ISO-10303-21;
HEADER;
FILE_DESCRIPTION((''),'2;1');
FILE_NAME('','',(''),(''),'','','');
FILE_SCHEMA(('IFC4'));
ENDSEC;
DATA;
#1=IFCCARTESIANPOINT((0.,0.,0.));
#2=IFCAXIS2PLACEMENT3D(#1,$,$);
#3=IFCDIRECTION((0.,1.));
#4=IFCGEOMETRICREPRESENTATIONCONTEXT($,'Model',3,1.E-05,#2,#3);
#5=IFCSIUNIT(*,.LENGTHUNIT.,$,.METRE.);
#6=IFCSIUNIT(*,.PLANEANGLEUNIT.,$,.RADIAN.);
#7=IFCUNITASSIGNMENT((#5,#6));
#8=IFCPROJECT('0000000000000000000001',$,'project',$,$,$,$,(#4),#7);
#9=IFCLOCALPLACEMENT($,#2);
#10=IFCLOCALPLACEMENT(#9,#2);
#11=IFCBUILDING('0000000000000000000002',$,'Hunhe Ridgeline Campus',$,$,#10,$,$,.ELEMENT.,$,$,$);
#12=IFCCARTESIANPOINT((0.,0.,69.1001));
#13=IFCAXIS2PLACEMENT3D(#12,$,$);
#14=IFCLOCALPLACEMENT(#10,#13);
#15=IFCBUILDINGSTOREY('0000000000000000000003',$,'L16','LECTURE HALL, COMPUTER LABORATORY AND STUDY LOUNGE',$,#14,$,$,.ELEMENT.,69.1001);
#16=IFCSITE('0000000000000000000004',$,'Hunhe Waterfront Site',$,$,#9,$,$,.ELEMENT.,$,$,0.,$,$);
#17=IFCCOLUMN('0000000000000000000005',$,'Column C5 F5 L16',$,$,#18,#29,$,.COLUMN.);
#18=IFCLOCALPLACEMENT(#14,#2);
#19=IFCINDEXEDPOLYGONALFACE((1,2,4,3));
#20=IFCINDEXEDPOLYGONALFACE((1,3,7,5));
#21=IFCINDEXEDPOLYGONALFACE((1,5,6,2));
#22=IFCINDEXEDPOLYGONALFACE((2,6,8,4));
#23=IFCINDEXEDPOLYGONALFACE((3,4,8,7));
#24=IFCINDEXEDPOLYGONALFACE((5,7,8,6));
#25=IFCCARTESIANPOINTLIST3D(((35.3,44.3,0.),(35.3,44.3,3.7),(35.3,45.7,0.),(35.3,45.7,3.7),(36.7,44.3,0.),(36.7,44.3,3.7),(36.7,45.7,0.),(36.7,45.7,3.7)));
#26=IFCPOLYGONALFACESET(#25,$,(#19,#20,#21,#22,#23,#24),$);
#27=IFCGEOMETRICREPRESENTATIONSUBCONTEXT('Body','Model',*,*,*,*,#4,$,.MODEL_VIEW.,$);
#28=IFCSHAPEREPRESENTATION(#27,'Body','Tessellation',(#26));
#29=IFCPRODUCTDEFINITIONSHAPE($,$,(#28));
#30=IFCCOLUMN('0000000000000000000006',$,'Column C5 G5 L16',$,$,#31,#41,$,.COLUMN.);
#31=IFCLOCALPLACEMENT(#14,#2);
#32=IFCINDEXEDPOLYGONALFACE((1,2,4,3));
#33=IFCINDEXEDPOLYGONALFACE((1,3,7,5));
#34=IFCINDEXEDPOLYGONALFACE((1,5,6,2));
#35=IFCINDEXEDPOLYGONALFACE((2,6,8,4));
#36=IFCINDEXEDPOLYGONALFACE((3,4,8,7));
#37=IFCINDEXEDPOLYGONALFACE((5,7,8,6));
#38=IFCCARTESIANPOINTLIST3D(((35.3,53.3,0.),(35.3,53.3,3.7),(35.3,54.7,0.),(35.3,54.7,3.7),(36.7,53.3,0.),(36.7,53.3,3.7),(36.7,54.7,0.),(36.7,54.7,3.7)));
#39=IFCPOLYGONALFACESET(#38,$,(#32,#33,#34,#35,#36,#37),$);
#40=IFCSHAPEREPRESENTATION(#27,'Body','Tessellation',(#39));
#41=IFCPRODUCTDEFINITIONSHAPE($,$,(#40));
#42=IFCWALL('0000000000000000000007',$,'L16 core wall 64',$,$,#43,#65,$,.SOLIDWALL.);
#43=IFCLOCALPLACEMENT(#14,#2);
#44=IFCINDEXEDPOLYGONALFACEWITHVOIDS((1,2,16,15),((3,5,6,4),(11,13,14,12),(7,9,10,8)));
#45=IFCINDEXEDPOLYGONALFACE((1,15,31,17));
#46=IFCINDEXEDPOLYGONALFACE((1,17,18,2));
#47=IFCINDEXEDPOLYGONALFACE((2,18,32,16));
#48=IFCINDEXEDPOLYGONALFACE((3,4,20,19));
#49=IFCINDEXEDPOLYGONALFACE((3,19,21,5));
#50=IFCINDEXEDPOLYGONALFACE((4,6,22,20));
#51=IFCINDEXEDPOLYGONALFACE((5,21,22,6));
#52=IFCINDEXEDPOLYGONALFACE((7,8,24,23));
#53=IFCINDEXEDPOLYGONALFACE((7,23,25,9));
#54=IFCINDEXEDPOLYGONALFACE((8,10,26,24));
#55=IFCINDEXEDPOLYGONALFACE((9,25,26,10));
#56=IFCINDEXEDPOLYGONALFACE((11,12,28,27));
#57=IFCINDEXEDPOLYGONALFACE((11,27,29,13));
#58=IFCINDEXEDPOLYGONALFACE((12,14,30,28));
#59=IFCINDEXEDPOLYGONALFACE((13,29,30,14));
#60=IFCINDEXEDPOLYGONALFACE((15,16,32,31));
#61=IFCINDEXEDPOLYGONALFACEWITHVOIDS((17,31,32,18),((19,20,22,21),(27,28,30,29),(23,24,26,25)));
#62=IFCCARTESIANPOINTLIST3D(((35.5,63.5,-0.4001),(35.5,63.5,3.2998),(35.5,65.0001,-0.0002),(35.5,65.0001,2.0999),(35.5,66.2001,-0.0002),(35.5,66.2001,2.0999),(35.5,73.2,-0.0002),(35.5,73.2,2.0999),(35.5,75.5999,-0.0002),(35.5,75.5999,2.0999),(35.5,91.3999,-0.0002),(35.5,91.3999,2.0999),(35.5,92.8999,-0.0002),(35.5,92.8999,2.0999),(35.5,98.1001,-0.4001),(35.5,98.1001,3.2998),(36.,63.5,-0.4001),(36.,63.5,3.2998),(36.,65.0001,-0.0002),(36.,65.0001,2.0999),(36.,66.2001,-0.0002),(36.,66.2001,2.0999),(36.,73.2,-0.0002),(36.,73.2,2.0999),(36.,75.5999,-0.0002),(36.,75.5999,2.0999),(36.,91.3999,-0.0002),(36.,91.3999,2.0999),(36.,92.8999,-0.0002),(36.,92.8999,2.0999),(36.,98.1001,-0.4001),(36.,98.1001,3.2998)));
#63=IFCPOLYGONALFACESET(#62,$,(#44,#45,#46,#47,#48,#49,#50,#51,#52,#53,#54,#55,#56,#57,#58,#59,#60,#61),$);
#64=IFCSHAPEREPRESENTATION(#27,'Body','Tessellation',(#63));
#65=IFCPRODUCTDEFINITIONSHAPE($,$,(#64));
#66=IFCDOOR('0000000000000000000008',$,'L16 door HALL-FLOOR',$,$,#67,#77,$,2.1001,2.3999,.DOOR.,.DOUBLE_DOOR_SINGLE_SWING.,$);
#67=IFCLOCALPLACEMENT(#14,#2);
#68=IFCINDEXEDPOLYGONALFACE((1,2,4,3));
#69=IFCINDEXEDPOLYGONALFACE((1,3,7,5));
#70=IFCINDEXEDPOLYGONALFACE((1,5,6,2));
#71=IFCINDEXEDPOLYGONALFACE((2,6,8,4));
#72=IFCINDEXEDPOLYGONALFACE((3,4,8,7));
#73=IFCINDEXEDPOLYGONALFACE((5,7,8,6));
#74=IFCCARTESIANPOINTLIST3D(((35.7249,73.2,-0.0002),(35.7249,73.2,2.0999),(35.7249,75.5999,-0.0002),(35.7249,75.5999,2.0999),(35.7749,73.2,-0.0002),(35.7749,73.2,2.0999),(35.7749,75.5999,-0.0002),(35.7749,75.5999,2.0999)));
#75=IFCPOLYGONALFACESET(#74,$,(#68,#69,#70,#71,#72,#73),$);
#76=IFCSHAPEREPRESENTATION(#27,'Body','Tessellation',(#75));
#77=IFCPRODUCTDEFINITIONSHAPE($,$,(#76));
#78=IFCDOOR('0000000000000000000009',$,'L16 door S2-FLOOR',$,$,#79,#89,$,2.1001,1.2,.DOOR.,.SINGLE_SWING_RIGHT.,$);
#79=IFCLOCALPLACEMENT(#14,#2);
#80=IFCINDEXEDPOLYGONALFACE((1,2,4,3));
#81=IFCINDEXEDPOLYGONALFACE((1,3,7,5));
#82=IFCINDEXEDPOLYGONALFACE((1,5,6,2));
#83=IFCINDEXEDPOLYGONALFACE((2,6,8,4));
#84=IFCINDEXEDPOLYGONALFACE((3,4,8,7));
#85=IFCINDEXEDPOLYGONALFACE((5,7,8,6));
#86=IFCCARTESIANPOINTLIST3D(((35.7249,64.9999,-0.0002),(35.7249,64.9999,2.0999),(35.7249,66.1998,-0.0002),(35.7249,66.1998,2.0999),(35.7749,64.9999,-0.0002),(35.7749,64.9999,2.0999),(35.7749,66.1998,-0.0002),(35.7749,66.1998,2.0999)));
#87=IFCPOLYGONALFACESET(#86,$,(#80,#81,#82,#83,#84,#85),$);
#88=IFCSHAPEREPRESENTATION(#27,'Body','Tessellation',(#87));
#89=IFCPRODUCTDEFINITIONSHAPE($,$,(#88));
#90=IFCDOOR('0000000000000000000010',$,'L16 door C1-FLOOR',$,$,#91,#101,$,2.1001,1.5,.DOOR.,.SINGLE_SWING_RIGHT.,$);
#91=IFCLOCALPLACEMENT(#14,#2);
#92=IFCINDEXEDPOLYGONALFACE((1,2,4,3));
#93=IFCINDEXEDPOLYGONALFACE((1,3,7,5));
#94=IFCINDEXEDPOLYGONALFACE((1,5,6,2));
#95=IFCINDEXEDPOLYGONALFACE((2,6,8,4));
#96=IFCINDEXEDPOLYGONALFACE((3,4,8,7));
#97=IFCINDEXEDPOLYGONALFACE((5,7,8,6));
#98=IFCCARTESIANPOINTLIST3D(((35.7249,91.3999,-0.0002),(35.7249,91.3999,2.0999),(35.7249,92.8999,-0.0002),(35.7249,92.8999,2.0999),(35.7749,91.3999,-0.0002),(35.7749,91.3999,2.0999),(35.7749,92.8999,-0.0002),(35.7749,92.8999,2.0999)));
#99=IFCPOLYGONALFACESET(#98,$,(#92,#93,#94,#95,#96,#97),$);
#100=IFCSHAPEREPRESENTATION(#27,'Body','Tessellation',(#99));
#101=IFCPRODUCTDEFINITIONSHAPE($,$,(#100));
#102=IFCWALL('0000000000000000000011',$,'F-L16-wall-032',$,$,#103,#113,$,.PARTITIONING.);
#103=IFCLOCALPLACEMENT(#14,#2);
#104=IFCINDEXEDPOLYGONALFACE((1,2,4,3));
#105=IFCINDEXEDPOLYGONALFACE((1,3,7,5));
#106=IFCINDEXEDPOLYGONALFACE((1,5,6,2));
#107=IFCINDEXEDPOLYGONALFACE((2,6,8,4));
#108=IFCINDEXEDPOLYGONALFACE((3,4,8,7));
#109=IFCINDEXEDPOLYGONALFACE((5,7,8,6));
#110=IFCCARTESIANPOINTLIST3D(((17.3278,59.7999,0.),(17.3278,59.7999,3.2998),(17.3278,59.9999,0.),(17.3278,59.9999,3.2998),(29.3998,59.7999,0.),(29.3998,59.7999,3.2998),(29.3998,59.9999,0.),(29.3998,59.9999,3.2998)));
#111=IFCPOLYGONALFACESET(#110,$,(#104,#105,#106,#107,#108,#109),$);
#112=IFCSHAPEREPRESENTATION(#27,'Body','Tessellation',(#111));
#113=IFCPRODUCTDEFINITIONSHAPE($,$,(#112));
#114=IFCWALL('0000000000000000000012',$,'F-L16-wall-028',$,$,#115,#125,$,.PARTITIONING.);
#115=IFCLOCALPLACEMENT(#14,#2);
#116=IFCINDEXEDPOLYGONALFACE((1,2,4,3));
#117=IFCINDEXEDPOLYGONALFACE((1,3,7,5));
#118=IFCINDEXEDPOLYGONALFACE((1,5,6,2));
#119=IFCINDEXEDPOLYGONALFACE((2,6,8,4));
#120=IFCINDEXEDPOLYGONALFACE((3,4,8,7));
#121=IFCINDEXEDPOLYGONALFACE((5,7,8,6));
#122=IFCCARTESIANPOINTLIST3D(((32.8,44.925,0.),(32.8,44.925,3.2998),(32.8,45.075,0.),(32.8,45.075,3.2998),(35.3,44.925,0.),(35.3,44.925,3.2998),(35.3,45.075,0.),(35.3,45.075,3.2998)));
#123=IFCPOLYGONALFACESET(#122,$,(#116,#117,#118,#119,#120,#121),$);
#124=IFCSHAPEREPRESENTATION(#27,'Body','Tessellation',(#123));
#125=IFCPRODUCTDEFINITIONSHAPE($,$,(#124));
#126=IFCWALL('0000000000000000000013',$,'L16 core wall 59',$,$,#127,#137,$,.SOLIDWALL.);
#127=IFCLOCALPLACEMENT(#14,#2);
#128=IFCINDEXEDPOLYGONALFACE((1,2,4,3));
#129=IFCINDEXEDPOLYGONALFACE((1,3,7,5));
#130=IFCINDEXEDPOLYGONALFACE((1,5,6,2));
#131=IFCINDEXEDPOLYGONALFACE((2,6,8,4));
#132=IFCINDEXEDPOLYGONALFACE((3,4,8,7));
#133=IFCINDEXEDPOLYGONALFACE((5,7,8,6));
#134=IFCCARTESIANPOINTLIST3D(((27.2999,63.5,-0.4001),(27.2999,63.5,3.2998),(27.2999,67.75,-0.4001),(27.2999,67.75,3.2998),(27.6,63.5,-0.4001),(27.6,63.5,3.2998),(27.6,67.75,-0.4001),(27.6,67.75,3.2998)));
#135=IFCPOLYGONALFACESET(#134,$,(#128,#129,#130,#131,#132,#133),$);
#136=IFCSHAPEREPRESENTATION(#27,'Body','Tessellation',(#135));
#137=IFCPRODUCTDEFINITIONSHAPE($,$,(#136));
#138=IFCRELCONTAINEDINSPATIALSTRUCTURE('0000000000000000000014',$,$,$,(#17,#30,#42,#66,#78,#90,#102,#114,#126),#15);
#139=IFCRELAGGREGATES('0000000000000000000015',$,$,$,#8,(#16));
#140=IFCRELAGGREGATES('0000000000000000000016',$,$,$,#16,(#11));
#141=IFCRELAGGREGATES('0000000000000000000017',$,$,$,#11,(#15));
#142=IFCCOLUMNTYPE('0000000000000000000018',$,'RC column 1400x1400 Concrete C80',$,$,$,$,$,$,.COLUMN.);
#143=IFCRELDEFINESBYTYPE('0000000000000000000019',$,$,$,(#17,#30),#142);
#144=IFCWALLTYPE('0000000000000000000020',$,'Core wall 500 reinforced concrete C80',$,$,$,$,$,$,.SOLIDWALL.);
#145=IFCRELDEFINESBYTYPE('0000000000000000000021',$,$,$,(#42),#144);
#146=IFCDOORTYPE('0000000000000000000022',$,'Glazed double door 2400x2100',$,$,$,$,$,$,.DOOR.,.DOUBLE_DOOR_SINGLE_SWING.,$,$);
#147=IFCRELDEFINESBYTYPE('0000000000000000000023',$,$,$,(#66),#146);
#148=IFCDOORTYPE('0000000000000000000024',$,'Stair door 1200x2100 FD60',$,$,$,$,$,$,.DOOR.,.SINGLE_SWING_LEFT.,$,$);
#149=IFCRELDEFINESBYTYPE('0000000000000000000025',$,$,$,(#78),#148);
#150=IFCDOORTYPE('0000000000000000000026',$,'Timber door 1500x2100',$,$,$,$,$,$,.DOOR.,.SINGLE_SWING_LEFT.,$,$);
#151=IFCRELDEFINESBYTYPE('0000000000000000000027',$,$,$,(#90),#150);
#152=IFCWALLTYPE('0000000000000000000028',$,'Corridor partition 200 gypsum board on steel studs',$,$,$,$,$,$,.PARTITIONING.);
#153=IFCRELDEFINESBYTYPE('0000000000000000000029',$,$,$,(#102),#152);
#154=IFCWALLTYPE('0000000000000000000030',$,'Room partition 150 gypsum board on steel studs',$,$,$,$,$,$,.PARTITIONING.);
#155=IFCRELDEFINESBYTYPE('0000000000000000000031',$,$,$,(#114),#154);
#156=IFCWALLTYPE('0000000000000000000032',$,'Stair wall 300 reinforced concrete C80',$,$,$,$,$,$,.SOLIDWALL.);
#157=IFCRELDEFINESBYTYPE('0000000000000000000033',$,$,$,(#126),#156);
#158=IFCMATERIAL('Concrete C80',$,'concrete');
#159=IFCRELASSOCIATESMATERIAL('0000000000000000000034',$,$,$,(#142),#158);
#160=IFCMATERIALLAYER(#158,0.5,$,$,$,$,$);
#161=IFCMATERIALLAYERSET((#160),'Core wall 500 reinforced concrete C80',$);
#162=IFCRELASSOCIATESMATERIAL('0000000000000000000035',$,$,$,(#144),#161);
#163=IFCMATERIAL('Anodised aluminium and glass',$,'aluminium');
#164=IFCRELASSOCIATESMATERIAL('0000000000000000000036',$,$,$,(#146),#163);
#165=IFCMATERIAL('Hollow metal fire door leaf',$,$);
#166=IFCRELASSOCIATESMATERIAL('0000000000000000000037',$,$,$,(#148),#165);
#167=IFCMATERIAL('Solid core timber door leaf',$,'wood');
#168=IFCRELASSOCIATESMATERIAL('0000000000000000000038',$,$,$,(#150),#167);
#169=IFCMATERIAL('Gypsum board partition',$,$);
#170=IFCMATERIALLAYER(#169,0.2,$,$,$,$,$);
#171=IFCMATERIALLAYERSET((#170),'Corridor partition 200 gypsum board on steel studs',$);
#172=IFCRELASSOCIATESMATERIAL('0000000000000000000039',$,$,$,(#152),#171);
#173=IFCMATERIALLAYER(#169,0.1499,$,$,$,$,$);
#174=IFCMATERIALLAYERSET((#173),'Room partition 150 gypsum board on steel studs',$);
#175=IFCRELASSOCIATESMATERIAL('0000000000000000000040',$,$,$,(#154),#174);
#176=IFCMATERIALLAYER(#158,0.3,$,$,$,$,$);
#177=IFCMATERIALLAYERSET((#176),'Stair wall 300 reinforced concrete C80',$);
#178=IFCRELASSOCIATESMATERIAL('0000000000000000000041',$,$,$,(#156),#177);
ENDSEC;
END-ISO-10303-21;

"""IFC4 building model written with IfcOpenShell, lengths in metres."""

from ifc_helpers import new_model, si_unit, direction, frame, frame_2d, origin, origin_2d, place, context, subcontext, project, spatial, rectangle, extrude, material, layer, layer_set, material_profile, profile_set, type_object, element, fill, save


model = new_model("IFC4")

# Units and contexts
model_context = context("Model", 3, precision=1e-05, world=origin(), true_north=direction((0.0, 1.0)))
body_context = subcontext(model_context, "Body", "Model", "MODEL_VIEW")
ifc_project = project(units=[si_unit("LENGTHUNIT", "METRE"), si_unit("PLANEANGLEUNIT", "RADIAN")], contexts=[model_context])

# Site, building, storey
site_placement = place(None, origin())
site = spatial("IfcSite", under=ifc_project, at=site_placement, Name="Hunhe Waterfront Site", CompositionType="ELEMENT", RefElevation=0.0)
building_placement = place(site_placement, origin())
building = spatial("IfcBuilding", under=site, at=building_placement, Name="Hunhe Ridgeline Campus", CompositionType="ELEMENT")
storey_placement = place(building_placement, frame((0.0, 0.0, 69.1001)))
storey = spatial("IfcBuildingStorey", under=building, at=storey_placement, Name="L16", Description="LECTURE HALL, COMPUTER LABORATORY AND STUDY LOUNGE", CompositionType="ELEMENT", Elevation=69.1001)

# Columns
ifc_material_1 = material(Name="Concrete C80", Category="concrete")
ifc_material_profile = material_profile(ifc_material_1, rectangle(XDim=1.3999, YDim=1.3999, at=origin_2d()))
ifc_profile_set = profile_set([ifc_material_profile], Name="Concrete C80")
column_type = type_object("IfcColumnType", Name="RC column 1400x1400 Concrete C80", PredefinedType="COLUMN", material=ifc_profile_set)
for number, where, z_axis, x_axis, name in (
    (1, (36.0, 45.0, 0.0), (0.0, 0.0, 1.0), (1.0, 0.0, 0.0), "Column C5 F5 L16"),
    (2, (36.0, 54.0, 0.0), (0.0, 0.0, 1.0), (1.0, 0.0, 0.0), "Column C5 G5 L16"),
):
    element("IfcColumn", number, at=place(storey_placement, frame(where, z_axis=z_axis, x_axis=x_axis)), inside=storey, type_object=column_type, Name=name, PredefinedType="COLUMN", context=body_context, shape_type="SweptSolid", body=[
        extrude(rectangle(XDim=1.3999, YDim=1.3999, at=origin_2d()), origin(), (0.0, 0.0, 1.0), 3.7),
    ])

# Wall, openings, doors
ifc_layer_1 = layer(ifc_material_1, 0.5)
ifc_layer_set_1 = layer_set([ifc_layer_1], Name="Core wall 500 reinforced concrete C80")
wall_type_1 = type_object("IfcWallType", Name="Core wall 500 reinforced concrete C80", PredefinedType="SOLIDWALL", material=ifc_layer_set_1)
wall_1_placement = place(storey_placement, frame((35.75, 63.5, -0.4001), z_axis=(0.0, 0.0, 1.0), x_axis=(0.0, 1.0, 0.0)))
wall_1 = element("IfcWall", 3, at=wall_1_placement, inside=storey, type_object=wall_type_1, Name="L16 core wall 64", PredefinedType="SOLIDWALL", context=body_context, shape_type="SweptSolid", body=[
    extrude(rectangle(XDim=34.6001, YDim=0.5, at=frame_2d((17.3, 0.0))), origin(), (0.0, 0.0, 1.0), 3.7),
])
opening_1_placement = place(wall_1_placement, frame((9.7, 0.0, 0.3999)))
opening_1 = element("IfcOpeningElement", 4, at=opening_1_placement, cuts=wall_1, PredefinedType="OPENING", context=body_context, shape_type="SweptSolid", body=[
    extrude(rectangle(XDim=2.3999, YDim=2.1001, at=frame_2d((1.2, 1.05))), frame((0.0, 0.25, 0.0), z_axis=(0.0, -1.0, 0.0), x_axis=(1.0, 0.0, 0.0)), (0.0, 0.0, 1.0), 0.5),
])
opening_2_placement = place(wall_1_placement, frame((27.8999, 0.0, 0.3999)))
opening_2 = element("IfcOpeningElement", 5, at=opening_2_placement, cuts=wall_1, PredefinedType="OPENING", context=body_context, shape_type="SweptSolid", body=[
    extrude(rectangle(XDim=1.5, YDim=2.1001, at=frame_2d((0.75, 1.05))), frame((0.0, 0.25, 0.0), z_axis=(0.0, -1.0, 0.0), x_axis=(1.0, 0.0, 0.0)), (0.0, 0.0, 1.0), 0.5),
])
opening_3_placement = place(wall_1_placement, frame((1.5, 0.0, 0.3999)))
opening_3 = element("IfcOpeningElement", 6, at=opening_3_placement, cuts=wall_1, PredefinedType="OPENING", context=body_context, shape_type="SweptSolid", body=[
    extrude(rectangle(XDim=1.2, YDim=2.1001, at=frame_2d((0.6001, 1.05))), frame((0.0, 0.25, 0.0), z_axis=(0.0, -1.0, 0.0), x_axis=(1.0, 0.0, 0.0)), (0.0, 0.0, 1.0), 0.5),
])
ifc_material_2 = material(Name="Anodised aluminium and glass", Category="aluminium")
door_type_1 = type_object("IfcDoorType", Name="Glazed double door 2400x2100", OperationType="DOUBLE_DOOR_SINGLE_SWING", PredefinedType="DOOR", material=ifc_material_2)
door_1_placement = place(opening_1_placement, frame((2.3999, 0.0, 0.0), z_axis=(0.0, 0.0, 1.0), x_axis=(-1.0, 0.0, 0.0)))
door_1 = element("IfcDoor", 7, at=door_1_placement, inside=storey, type_object=door_type_1, Name="L16 door HALL-FLOOR", OperationType="DOUBLE_DOOR_SINGLE_SWING", OverallHeight=2.1001, OverallWidth=2.3999, PredefinedType="DOOR", context=body_context, shape_type="SweptSolid", body=[
    extrude(rectangle(XDim=2.3999, YDim=2.1001, at=frame_2d((1.2, 1.05))), frame((0.0, 0.0249, 0.0), z_axis=(0.0, -1.0, 0.0), x_axis=(1.0, 0.0, 0.0)), (0.0, 0.0, 1.0), 0.05),
])
fill(opening_1, door_1)
ifc_material_3 = material(Name="Hollow metal fire door leaf")
door_type_2 = type_object("IfcDoorType", Name="Stair door 1200x2100 FD60", OperationType="SINGLE_SWING_LEFT", PredefinedType="DOOR", material=ifc_material_3)
door_2_placement = place(opening_3_placement, frame((1.2, 0.0, 0.0), z_axis=(0.0, 0.0, 1.0), x_axis=(-1.0, 0.0, 0.0)))
door_2 = element("IfcDoor", 8, at=door_2_placement, inside=storey, type_object=door_type_2, Name="L16 door S2-FLOOR", OperationType="SINGLE_SWING_RIGHT", OverallHeight=2.1001, OverallWidth=1.2, PredefinedType="DOOR", context=body_context, shape_type="SweptSolid", body=[
    extrude(rectangle(XDim=1.2, YDim=2.1001, at=frame_2d((0.6001, 1.05))), frame((0.0, 0.0249, 0.0), z_axis=(0.0, -1.0, 0.0), x_axis=(1.0, 0.0, 0.0)), (0.0, 0.0, 1.0), 0.05),
])
fill(opening_3, door_2)
ifc_material_4 = material(Name="Solid core timber door leaf", Category="wood")
door_type_3 = type_object("IfcDoorType", Name="Timber door 1500x2100", OperationType="SINGLE_SWING_LEFT", PredefinedType="DOOR", material=ifc_material_4)
door_3_placement = place(opening_2_placement, frame((1.5, 0.0, 0.0), z_axis=(0.0, 0.0, 1.0), x_axis=(-1.0, 0.0, 0.0)))
door_3 = element("IfcDoor", 9, at=door_3_placement, inside=storey, type_object=door_type_3, Name="L16 door C1-FLOOR", OperationType="SINGLE_SWING_RIGHT", OverallHeight=2.1001, OverallWidth=1.5, PredefinedType="DOOR", context=body_context, shape_type="SweptSolid", body=[
    extrude(rectangle(XDim=1.5, YDim=2.1001, at=frame_2d((0.75, 1.05))), frame((0.0, 0.0249, 0.0), z_axis=(0.0, -1.0, 0.0), x_axis=(1.0, 0.0, 0.0)), (0.0, 0.0, 1.0), 0.05),
])
fill(opening_2, door_3)

# Wall
ifc_material_5 = material(Name="Gypsum board partition")
ifc_layer_2 = layer(ifc_material_5, 0.2)
ifc_layer_set_2 = layer_set([ifc_layer_2], Name="Corridor partition 200 gypsum board on steel studs")
wall_type_2 = type_object("IfcWallType", Name="Corridor partition 200 gypsum board on steel studs", PredefinedType="PARTITIONING", material=ifc_layer_set_2)
wall_2_placement = place(storey_placement, frame((29.3999, 59.8999, 0.0), z_axis=(0.0, 0.0, 1.0), x_axis=(-1.0, 0.0, 0.0)))
element("IfcWall", 10, at=wall_2_placement, inside=storey, type_object=wall_type_2, Name="F-L16-wall-032", PredefinedType="PARTITIONING", context=body_context, shape_type="SweptSolid", body=[
    extrude(rectangle(XDim=12.072, YDim=0.2, at=frame_2d((6.0361, 0.0))), origin(), (0.0, 0.0, 1.0), 3.2998),
])

# Walls
ifc_layer_3 = layer(ifc_material_5, 0.1499)
ifc_layer_set_3 = layer_set([ifc_layer_3], Name="Room partition 150 gypsum board on steel studs")
wall_type_3 = type_object("IfcWallType", Name="Room partition 150 gypsum board on steel studs", PredefinedType="PARTITIONING", material=ifc_layer_set_3)
wall_3_placement = place(storey_placement, frame((32.8, 45.0, 0.0), z_axis=(0.0, 0.0, 1.0), x_axis=(1.0, 0.0, 0.0)))
element("IfcWall", 11, at=wall_3_placement, inside=storey, type_object=wall_type_3, Name="F-L16-wall-028", PredefinedType="PARTITIONING", context=body_context, shape_type="SweptSolid", body=[
    extrude(rectangle(XDim=2.5, YDim=0.1499, at=frame_2d((1.25, 0.0))), origin(), (0.0, 0.0, 1.0), 3.2998),
])
ifc_layer_4 = layer(ifc_material_1, 0.3)
ifc_layer_set_4 = layer_set([ifc_layer_4], Name="Stair wall 300 reinforced concrete C80")
wall_type_4 = type_object("IfcWallType", Name="Stair wall 300 reinforced concrete C80", PredefinedType="SOLIDWALL", material=ifc_layer_set_4)
wall_4_placement = place(storey_placement, frame((27.45, 63.5, -0.4001), z_axis=(0.0, 0.0, 1.0), x_axis=(0.0, 1.0, 0.0)))
element("IfcWall", 12, at=wall_4_placement, inside=storey, type_object=wall_type_4, Name="L16 core wall 59", PredefinedType="SOLIDWALL", context=body_context, shape_type="SweptSolid", body=[
    extrude(rectangle(XDim=4.25, YDim=0.3, at=frame_2d((2.125, 0.0))), origin(), (0.0, 0.0, 1.0), 3.7),
])

save(model, "model.ifc")
